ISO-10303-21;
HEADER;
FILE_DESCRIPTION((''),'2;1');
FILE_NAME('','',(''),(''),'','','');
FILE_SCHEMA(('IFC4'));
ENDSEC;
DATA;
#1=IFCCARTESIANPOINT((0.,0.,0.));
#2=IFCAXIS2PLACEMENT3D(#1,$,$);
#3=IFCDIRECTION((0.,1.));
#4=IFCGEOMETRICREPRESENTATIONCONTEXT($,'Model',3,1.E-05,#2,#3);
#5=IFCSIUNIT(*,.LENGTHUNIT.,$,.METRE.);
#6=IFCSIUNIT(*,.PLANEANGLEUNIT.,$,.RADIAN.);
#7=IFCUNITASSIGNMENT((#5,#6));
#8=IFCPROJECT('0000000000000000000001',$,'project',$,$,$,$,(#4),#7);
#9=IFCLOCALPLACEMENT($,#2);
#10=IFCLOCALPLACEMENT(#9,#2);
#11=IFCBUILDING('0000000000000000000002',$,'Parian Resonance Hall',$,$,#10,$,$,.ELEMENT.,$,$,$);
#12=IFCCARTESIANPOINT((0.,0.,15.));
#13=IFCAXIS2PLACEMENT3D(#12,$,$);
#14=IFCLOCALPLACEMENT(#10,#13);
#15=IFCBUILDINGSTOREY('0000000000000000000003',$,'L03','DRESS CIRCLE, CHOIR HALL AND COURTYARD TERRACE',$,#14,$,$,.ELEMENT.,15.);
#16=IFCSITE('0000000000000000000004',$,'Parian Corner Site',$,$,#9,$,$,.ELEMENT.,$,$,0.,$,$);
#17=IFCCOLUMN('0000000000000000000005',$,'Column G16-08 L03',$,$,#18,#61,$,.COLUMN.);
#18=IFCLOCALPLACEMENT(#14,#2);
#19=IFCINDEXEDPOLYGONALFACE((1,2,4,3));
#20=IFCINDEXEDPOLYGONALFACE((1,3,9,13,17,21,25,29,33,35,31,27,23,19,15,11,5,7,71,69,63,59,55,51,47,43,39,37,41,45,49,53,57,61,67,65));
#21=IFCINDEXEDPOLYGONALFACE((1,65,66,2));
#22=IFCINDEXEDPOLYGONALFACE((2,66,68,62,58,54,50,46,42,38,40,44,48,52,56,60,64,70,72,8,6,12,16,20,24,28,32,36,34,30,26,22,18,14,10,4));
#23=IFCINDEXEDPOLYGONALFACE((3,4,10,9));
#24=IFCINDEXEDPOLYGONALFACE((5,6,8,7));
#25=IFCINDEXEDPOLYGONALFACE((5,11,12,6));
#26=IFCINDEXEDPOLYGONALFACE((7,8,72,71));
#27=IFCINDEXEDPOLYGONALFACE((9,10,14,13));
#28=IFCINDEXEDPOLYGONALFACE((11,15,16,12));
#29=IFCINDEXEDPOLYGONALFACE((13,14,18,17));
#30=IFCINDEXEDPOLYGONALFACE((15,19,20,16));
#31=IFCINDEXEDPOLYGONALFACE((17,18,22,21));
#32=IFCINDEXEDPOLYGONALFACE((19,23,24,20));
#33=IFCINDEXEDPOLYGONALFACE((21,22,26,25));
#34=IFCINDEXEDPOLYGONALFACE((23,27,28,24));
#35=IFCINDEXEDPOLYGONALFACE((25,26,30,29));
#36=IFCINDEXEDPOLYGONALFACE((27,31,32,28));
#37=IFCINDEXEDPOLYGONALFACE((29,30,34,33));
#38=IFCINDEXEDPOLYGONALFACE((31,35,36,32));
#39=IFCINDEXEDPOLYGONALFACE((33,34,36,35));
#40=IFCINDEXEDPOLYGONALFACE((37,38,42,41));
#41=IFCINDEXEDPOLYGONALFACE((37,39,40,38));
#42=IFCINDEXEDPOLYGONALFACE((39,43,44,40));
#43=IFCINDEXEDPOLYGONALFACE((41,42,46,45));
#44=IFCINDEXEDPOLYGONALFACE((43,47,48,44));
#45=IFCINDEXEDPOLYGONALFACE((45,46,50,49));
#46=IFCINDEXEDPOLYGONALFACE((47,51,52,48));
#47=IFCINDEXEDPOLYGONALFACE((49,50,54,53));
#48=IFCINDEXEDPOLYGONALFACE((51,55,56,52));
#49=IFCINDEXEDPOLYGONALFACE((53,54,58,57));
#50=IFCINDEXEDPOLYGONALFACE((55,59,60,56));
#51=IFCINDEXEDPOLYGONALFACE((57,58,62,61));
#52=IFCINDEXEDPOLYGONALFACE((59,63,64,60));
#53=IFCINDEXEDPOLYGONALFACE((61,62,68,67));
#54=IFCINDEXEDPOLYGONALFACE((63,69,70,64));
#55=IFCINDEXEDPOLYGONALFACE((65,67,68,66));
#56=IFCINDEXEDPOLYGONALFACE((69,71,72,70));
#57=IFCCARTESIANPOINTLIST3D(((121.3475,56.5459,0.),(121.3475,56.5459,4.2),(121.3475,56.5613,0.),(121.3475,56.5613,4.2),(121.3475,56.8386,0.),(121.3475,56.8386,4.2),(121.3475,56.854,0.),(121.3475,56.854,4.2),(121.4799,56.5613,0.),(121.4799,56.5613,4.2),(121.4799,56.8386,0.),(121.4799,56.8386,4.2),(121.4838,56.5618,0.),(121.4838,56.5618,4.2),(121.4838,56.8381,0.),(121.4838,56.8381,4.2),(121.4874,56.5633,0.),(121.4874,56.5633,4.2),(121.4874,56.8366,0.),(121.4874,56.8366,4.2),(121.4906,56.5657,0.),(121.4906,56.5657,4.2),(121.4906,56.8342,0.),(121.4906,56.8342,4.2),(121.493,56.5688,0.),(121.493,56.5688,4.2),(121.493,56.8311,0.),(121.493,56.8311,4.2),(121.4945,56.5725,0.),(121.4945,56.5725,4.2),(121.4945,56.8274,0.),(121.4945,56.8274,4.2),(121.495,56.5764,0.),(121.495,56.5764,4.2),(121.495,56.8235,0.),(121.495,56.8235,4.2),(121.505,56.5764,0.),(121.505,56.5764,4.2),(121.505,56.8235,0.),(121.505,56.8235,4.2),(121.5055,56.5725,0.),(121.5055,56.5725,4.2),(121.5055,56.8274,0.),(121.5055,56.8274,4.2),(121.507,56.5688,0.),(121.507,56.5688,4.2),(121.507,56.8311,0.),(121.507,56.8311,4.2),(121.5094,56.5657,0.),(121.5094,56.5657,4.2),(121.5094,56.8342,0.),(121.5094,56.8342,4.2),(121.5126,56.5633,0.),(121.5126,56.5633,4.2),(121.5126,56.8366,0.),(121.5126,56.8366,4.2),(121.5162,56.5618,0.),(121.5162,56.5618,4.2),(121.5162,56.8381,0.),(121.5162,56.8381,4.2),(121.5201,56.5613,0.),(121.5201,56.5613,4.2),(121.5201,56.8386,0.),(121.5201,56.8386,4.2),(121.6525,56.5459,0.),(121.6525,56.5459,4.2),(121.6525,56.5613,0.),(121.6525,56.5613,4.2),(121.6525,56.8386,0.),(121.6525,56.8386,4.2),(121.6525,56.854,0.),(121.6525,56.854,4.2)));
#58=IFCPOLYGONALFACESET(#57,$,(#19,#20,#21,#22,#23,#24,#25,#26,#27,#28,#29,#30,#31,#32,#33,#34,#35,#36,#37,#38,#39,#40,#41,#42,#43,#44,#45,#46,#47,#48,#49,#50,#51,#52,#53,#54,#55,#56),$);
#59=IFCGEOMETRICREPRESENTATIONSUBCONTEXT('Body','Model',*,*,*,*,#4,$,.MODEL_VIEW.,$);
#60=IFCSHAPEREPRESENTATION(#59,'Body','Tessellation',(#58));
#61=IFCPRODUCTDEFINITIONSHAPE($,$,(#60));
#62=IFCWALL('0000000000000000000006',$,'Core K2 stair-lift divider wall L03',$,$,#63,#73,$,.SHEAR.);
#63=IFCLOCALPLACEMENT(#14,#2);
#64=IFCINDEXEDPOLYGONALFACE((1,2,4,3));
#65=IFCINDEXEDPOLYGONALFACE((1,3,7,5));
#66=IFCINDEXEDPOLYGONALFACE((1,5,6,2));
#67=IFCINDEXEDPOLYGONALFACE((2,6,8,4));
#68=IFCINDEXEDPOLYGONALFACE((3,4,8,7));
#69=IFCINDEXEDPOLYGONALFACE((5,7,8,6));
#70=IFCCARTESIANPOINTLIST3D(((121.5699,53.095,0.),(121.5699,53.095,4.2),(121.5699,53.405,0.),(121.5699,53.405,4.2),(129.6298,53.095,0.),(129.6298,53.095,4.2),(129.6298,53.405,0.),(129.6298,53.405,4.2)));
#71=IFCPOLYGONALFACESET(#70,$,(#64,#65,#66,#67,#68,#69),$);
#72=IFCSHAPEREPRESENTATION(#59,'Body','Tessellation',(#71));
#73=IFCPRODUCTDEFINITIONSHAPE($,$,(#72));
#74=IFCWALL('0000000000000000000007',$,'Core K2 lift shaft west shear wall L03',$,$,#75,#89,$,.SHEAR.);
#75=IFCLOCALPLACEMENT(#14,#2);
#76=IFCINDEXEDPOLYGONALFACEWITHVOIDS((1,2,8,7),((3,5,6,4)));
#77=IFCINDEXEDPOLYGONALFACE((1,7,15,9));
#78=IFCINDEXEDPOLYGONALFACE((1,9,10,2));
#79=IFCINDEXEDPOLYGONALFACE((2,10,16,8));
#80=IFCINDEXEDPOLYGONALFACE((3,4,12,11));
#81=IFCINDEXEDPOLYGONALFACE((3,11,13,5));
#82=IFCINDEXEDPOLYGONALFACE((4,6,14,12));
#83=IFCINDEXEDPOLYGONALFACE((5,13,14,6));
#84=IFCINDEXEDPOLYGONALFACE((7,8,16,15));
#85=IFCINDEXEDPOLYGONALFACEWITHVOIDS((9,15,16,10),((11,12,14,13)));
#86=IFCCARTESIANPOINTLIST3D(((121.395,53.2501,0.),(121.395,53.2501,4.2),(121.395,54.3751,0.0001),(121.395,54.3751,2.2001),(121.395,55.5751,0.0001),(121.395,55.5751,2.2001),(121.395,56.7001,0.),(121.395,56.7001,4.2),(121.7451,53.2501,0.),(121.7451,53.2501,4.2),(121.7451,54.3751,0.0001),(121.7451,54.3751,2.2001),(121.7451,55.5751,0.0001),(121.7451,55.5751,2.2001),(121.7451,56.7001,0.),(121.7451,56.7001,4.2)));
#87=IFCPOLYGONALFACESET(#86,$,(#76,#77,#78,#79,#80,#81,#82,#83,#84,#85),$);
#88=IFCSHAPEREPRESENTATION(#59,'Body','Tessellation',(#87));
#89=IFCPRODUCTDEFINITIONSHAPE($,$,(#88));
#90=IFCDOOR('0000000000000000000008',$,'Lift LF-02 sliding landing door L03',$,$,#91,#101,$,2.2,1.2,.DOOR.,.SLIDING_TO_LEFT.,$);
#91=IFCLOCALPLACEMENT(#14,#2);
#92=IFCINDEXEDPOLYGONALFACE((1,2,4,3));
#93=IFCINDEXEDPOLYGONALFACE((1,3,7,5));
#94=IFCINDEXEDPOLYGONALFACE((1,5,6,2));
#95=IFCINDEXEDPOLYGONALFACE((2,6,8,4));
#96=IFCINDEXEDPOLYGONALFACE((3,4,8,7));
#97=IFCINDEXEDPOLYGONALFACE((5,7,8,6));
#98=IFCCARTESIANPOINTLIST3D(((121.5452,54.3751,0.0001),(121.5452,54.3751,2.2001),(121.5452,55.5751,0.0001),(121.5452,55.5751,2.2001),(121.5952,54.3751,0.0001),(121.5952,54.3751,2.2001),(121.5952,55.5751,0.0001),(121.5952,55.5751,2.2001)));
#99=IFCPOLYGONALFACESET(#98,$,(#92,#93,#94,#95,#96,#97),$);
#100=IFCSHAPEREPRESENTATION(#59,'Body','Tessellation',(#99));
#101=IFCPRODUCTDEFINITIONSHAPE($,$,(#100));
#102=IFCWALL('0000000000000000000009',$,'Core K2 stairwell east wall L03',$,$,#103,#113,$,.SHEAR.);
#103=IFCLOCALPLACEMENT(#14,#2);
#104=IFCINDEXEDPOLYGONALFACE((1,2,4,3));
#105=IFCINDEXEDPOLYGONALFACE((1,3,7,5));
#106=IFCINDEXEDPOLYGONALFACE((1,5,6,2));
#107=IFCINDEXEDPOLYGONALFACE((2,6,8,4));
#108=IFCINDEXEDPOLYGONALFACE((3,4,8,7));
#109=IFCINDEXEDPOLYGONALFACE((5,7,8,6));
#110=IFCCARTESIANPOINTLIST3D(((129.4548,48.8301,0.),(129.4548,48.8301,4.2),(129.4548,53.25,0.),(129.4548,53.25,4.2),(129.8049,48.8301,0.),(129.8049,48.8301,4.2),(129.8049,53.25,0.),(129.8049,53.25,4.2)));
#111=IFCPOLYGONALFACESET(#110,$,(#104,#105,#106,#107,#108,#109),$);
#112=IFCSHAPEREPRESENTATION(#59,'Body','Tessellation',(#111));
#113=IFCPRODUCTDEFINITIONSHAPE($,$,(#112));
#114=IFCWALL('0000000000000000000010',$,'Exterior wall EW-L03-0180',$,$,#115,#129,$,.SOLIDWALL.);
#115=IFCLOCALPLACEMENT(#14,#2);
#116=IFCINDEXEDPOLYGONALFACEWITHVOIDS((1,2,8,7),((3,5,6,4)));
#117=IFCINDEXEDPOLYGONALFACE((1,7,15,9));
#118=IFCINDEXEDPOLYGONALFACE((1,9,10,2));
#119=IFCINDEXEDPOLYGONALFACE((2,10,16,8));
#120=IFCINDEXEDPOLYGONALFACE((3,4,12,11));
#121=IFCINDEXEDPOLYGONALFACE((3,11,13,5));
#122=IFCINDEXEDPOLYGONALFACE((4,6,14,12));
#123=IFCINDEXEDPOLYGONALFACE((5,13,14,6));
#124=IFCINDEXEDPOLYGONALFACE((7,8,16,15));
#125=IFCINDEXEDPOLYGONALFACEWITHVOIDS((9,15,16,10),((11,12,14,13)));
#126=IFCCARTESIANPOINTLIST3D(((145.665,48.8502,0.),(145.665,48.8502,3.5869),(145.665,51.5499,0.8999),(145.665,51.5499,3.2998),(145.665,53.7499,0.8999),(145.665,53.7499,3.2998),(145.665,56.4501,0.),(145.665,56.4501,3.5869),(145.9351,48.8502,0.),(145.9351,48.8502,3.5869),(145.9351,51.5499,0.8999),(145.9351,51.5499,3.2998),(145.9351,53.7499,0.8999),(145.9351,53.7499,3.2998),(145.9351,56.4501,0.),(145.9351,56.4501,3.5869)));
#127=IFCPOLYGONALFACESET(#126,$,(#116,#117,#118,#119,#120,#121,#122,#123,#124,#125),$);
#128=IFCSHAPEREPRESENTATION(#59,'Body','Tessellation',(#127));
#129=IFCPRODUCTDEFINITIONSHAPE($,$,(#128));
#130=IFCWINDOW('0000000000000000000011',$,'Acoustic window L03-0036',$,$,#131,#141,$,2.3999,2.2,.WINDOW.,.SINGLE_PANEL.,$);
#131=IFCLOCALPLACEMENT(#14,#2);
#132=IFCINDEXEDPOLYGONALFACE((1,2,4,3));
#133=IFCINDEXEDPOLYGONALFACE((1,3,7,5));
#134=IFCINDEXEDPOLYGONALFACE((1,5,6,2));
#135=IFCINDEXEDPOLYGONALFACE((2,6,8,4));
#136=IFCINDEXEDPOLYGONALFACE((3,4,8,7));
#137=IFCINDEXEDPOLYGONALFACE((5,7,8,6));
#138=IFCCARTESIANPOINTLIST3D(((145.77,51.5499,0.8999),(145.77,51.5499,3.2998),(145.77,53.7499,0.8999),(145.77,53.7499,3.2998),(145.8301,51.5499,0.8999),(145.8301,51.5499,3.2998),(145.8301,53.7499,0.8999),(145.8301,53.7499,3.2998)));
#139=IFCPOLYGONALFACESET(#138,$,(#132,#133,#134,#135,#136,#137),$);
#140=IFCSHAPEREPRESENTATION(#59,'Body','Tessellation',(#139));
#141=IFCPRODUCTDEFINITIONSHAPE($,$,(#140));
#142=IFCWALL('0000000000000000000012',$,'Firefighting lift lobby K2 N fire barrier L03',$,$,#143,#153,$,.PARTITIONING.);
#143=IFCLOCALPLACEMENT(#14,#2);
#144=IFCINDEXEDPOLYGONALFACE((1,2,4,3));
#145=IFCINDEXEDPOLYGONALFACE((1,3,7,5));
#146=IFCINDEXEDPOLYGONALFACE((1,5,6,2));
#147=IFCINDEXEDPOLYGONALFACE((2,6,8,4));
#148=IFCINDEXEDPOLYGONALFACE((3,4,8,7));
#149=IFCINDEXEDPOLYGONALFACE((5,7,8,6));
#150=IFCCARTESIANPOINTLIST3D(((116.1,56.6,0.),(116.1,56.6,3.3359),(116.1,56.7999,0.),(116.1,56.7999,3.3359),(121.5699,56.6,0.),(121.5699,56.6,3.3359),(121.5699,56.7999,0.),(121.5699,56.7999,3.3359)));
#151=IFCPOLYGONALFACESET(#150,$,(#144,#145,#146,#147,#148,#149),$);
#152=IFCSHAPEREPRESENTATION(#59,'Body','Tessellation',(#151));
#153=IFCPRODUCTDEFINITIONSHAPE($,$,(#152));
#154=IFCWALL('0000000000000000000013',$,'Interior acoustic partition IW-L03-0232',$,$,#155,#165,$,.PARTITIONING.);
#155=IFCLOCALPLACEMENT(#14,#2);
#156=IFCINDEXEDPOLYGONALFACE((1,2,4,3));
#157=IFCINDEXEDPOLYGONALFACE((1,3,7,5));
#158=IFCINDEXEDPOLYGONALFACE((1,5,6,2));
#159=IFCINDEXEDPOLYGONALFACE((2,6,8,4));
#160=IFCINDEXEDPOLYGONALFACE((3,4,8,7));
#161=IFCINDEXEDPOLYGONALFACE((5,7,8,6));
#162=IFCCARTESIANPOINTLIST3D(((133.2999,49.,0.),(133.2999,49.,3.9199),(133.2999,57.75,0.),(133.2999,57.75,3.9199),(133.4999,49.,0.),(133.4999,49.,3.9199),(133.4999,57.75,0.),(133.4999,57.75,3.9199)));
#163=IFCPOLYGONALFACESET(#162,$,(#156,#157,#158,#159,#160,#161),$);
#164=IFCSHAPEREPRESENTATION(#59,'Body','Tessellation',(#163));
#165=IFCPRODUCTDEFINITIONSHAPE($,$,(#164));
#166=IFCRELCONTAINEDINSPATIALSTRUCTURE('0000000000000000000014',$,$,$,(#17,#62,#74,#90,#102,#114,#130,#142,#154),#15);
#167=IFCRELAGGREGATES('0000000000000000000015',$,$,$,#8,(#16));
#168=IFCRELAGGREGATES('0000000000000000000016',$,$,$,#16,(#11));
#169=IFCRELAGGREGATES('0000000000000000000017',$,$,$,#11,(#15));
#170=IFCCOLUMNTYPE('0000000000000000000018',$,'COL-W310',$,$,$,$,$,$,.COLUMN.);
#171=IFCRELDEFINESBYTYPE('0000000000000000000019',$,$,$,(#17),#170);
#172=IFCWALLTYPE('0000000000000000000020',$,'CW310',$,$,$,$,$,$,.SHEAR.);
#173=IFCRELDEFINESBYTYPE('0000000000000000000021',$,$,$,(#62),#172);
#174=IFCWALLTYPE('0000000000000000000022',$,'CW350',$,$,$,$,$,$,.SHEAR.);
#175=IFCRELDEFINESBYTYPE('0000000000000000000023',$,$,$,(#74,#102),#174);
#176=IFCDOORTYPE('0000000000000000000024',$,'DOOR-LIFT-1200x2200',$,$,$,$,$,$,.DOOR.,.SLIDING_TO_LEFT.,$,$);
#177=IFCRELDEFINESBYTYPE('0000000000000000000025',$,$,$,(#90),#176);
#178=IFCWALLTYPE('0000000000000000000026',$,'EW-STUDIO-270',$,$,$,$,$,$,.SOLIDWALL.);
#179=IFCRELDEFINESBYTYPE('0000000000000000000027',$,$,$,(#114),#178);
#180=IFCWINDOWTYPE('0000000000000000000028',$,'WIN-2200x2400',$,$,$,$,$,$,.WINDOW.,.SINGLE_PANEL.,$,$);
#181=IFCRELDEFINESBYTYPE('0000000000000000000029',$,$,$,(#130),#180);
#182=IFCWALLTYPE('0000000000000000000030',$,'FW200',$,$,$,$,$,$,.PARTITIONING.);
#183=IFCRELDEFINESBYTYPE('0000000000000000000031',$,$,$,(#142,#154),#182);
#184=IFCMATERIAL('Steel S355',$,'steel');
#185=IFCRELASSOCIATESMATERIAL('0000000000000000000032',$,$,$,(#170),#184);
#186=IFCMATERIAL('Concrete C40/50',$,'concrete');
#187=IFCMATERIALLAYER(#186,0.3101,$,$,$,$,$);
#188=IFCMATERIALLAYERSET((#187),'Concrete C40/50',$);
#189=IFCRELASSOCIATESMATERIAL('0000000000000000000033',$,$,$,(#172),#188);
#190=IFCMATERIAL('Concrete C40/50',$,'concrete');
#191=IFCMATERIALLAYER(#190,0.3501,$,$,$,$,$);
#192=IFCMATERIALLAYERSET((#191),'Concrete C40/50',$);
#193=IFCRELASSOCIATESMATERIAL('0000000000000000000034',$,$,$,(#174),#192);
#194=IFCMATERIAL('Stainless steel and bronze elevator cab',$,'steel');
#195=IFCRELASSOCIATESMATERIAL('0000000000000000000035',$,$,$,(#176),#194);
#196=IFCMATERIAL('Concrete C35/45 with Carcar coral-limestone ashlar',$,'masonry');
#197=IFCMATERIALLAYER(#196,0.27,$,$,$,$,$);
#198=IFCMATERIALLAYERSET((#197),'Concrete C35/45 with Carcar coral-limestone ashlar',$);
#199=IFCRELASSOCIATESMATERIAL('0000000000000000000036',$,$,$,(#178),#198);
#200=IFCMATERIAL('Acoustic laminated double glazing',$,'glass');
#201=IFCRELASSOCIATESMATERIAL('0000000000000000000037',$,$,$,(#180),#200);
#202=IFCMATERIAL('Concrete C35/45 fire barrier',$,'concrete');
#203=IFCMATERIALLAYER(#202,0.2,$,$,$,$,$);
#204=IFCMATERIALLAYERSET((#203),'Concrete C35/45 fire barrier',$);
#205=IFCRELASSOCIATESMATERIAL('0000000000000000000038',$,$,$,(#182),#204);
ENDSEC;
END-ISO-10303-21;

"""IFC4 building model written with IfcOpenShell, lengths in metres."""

from ifc_helpers import new_model, si_unit, direction, frame, frame_2d, origin, origin_2d, place, context, subcontext, project, spatial, rectangle, i_section, extrude, material, layer, layer_set, material_profile, profile_set, type_object, element, fill, save


model = new_model("IFC4")

# Units and contexts
model_context = context("Model", 3, precision=1e-05, world=origin(), true_north=direction((0.0, 1.0)))
body_context = subcontext(model_context, "Body", "Model", "MODEL_VIEW")
ifc_project = project(units=[si_unit("LENGTHUNIT", "METRE"), si_unit("PLANEANGLEUNIT", "RADIAN")], contexts=[model_context])

# Site, building, storey
site_placement = place(None, origin())
site = spatial("IfcSite", under=ifc_project, at=site_placement, Name="Parian Corner Site", CompositionType="ELEMENT", RefElevation=0.0)
building_placement = place(site_placement, origin())
building = spatial("IfcBuilding", under=site, at=building_placement, Name="Parian Resonance Hall", CompositionType="ELEMENT")
storey_placement = place(building_placement, frame((0.0, 0.0, 15.0)))
storey = spatial("IfcBuildingStorey", under=building, at=storey_placement, Name="L03", Description="DRESS CIRCLE, CHOIR HALL AND COURTYARD TERRACE", CompositionType="ELEMENT", Elevation=15.0)

# Column
ifc_material_1 = material(Name="Steel S355", Category="steel")
ifc_material_profile = material_profile(ifc_material_1, i_section(OverallWidth=0.3049, OverallDepth=0.3081, WebThickness=0.01, FlangeThickness=0.0154, FilletRadius=0.0151, at=origin_2d()), Name="W310x97")
ifc_profile_set = profile_set([ifc_material_profile], Name="Steel S355")
column_type = type_object("IfcColumnType", Name="COL-W310", PredefinedType="COLUMN", material=ifc_profile_set)
column_placement = place(storey_placement, frame((121.5, 56.7, 0.0), z_axis=(0.0, 0.0, 1.0), x_axis=(1.0, 0.0, 0.0)))
element("IfcColumn", 1, at=column_placement, inside=storey, type_object=column_type, Name="Column G16-08 L03", PredefinedType="COLUMN", context=body_context, shape_type="SweptSolid", body=[
    extrude(i_section(OverallWidth=0.3049, OverallDepth=0.3081, WebThickness=0.01, FlangeThickness=0.0154, FilletRadius=0.0151, at=origin_2d()), origin(), (0.0, 0.0, 1.0), 4.2),
])

# Wall
ifc_material_2 = material(Name="Concrete C40/50", Category="concrete")
ifc_layer_1 = layer(ifc_material_2, 0.3101)
ifc_layer_set_1 = layer_set([ifc_layer_1], Name="Concrete C40/50")
wall_type_1 = type_object("IfcWallType", Name="CW310", PredefinedType="SHEAR", material=ifc_layer_set_1)
wall_1_placement = place(storey_placement, frame((121.5701, 53.25, 0.0), z_axis=(0.0, 0.0, 1.0), x_axis=(1.0, 0.0, 0.0)))
element("IfcWall", 2, at=wall_1_placement, inside=storey, type_object=wall_type_1, Name="Core K2 stair-lift divider wall L03", PredefinedType="SHEAR", context=body_context, shape_type="SweptSolid", body=[
    extrude(rectangle(XDim=8.0598, YDim=0.3101, at=frame_2d((4.0298, 0.0))), origin(), (0.0, 0.0, 1.0), 4.2),
])

# Wall, opening, door
ifc_material_3 = material(Name="Concrete C40/50", Category="concrete")
ifc_layer_2 = layer(ifc_material_3, 0.3501)
ifc_layer_set_2 = layer_set([ifc_layer_2], Name="Concrete C40/50")
wall_type_2 = type_object("IfcWallType", Name="CW350", PredefinedType="SHEAR", material=ifc_layer_set_2)
wall_2_placement = place(storey_placement, frame((121.5701, 53.25, 0.0), z_axis=(0.0, 0.0, 1.0), x_axis=(0.0, 1.0, 0.0)))
wall_2 = element("IfcWall", 3, at=wall_2_placement, inside=storey, type_object=wall_type_2, Name="Core K2 lift shaft west shear wall L03", PredefinedType="SHEAR", context=body_context, shape_type="SweptSolid", body=[
    extrude(rectangle(XDim=3.45, YDim=0.3501, at=frame_2d((1.7251, 0.0))), origin(), (0.0, 0.0, 1.0), 4.2),
])
opening_1_placement = place(wall_2_placement, frame((1.125, 0.0, 0.0)))
opening_1 = element("IfcOpeningElement", 4, at=opening_1_placement, cuts=wall_2, PredefinedType="OPENING", context=body_context, shape_type="SweptSolid", body=[
    extrude(rectangle(XDim=1.2, YDim=2.2, at=frame_2d((0.6001, 1.1001))), frame((0.0, 0.1851, 0.0), z_axis=(0.0, -1.0, 0.0), x_axis=(1.0, 0.0, 0.0)), (0.0, 0.0, 1.0), 0.3701),
])
ifc_material_4 = material(Name="Stainless steel and bronze elevator cab", Category="steel")
door_type = type_object("IfcDoorType", Name="DOOR-LIFT-1200x2200", OperationType="SLIDING_TO_LEFT", PredefinedType="DOOR", material=ifc_material_4)
door_placement = place(opening_1_placement, origin())
door = element("IfcDoor", 5, at=door_placement, inside=storey, type_object=door_type, Name="Lift LF-02 sliding landing door L03", OperationType="SLIDING_TO_LEFT", OverallHeight=2.2, OverallWidth=1.2, PredefinedType="DOOR", context=body_context, shape_type="SweptSolid", body=[
    extrude(rectangle(XDim=1.2, YDim=2.2, at=frame_2d((0.6001, 1.1001))), frame((0.0, 0.0249, 0.0), z_axis=(0.0, -1.0, 0.0), x_axis=(1.0, 0.0, 0.0)), (0.0, 0.0, 1.0), 0.05),
])
fill(opening_1, door)

# Wall
wall_3_placement = place(storey_placement, frame((129.6299, 53.25, 0.0), z_axis=(0.0, 0.0, 1.0), x_axis=(0.0, -1.0, 0.0)))
element("IfcWall", 6, at=wall_3_placement, inside=storey, type_object=wall_type_2, Name="Core K2 stairwell east wall L03", PredefinedType="SHEAR", context=body_context, shape_type="SweptSolid", body=[
    extrude(rectangle(XDim=4.4199, YDim=0.3501, at=frame_2d((2.21, 0.0))), origin(), (0.0, 0.0, 1.0), 4.2),
])

# Wall, opening, window
ifc_material_5 = material(Name="Concrete C35/45 with Carcar coral-limestone ashlar", Category="masonry")
ifc_layer_3 = layer(ifc_material_5, 0.27)
ifc_layer_set_3 = layer_set([ifc_layer_3], Name="Concrete C35/45 with Carcar coral-limestone ashlar")
wall_type_3 = type_object("IfcWallType", Name="EW-STUDIO-270", PredefinedType="SOLIDWALL", material=ifc_layer_set_3)
wall_4_placement = place(storey_placement, frame((145.8, 56.45, 0.0), z_axis=(0.0, 0.0, 1.0), x_axis=(0.0, -1.0, 0.0)))
wall_4 = element("IfcWall", 7, at=wall_4_placement, inside=storey, type_object=wall_type_3, Name="Exterior wall EW-L03-0180", PredefinedType="SOLIDWALL", context=body_context, shape_type="SweptSolid", body=[
    extrude(rectangle(XDim=7.5999, YDim=0.27, at=frame_2d((3.7998, 0.0))), origin(), (0.0, 0.0, 1.0), 3.5869),
])
opening_2_placement = place(wall_4_placement, frame((2.7, 0.0, 0.8999)))
opening_2 = element("IfcOpeningElement", 8, at=opening_2_placement, cuts=wall_4, PredefinedType="OPENING", context=body_context, shape_type="SweptSolid", body=[
    extrude(rectangle(XDim=2.2, YDim=2.3999, at=frame_2d((1.1001, 1.2))), frame((0.0, 0.145, 0.0), z_axis=(0.0, -1.0, 0.0), x_axis=(1.0, 0.0, 0.0)), (0.0, 0.0, 1.0), 0.29),
])
ifc_material_6 = material(Name="Acoustic laminated double glazing", Category="glass")
window_type = type_object("IfcWindowType", Name="WIN-2200x2400", PartitioningType="SINGLE_PANEL", PredefinedType="WINDOW", material=ifc_material_6)
window_placement = place(opening_2_placement, origin())
window = element("IfcWindow", 9, at=window_placement, inside=storey, type_object=window_type, Name="Acoustic window L03-0036", OverallHeight=2.3999, OverallWidth=2.2, PartitioningType="SINGLE_PANEL", PredefinedType="WINDOW", context=body_context, shape_type="SweptSolid", body=[
    extrude(rectangle(XDim=2.2, YDim=2.3999, at=frame_2d((1.1001, 1.2))), frame((0.0, 0.03, 0.0), z_axis=(0.0, -1.0, 0.0), x_axis=(1.0, 0.0, 0.0)), (0.0, 0.0, 1.0), 0.0601),
])
fill(opening_2, window)

# Walls
ifc_material_7 = material(Name="Concrete C35/45 fire barrier", Category="concrete")
ifc_layer_4 = layer(ifc_material_7, 0.2)
ifc_layer_set_4 = layer_set([ifc_layer_4], Name="Concrete C35/45 fire barrier")
wall_type_4 = type_object("IfcWallType", Name="FW200", PredefinedType="PARTITIONING", material=ifc_layer_set_4)
wall_5_placement = place(storey_placement, frame((116.1001, 56.7, 0.0), z_axis=(0.0, 0.0, 1.0), x_axis=(1.0, 0.0, 0.0)))
element("IfcWall", 10, at=wall_5_placement, inside=storey, type_object=wall_type_4, Name="Firefighting lift lobby K2 N fire barrier L03", PredefinedType="PARTITIONING", context=body_context, shape_type="SweptSolid", body=[
    extrude(rectangle(XDim=5.47, YDim=0.2, at=frame_2d((2.7349, 0.0))), origin(), (0.0, 0.0, 1.0), 3.3359),
])
wall_6_placement = place(storey_placement, frame((133.3999, 49.0, 0.0), z_axis=(0.0, 0.0, 1.0), x_axis=(0.0, 1.0, 0.0)))
element("IfcWall", 11, at=wall_6_placement, inside=storey, type_object=wall_type_4, Name="Interior acoustic partition IW-L03-0232", PredefinedType="PARTITIONING", context=body_context, shape_type="SweptSolid", body=[
    extrude(rectangle(XDim=8.75, YDim=0.2, at=frame_2d((4.375, 0.0))), origin(), (0.0, 0.0, 1.0), 3.9199),
])

save(model, "model.ifc")
